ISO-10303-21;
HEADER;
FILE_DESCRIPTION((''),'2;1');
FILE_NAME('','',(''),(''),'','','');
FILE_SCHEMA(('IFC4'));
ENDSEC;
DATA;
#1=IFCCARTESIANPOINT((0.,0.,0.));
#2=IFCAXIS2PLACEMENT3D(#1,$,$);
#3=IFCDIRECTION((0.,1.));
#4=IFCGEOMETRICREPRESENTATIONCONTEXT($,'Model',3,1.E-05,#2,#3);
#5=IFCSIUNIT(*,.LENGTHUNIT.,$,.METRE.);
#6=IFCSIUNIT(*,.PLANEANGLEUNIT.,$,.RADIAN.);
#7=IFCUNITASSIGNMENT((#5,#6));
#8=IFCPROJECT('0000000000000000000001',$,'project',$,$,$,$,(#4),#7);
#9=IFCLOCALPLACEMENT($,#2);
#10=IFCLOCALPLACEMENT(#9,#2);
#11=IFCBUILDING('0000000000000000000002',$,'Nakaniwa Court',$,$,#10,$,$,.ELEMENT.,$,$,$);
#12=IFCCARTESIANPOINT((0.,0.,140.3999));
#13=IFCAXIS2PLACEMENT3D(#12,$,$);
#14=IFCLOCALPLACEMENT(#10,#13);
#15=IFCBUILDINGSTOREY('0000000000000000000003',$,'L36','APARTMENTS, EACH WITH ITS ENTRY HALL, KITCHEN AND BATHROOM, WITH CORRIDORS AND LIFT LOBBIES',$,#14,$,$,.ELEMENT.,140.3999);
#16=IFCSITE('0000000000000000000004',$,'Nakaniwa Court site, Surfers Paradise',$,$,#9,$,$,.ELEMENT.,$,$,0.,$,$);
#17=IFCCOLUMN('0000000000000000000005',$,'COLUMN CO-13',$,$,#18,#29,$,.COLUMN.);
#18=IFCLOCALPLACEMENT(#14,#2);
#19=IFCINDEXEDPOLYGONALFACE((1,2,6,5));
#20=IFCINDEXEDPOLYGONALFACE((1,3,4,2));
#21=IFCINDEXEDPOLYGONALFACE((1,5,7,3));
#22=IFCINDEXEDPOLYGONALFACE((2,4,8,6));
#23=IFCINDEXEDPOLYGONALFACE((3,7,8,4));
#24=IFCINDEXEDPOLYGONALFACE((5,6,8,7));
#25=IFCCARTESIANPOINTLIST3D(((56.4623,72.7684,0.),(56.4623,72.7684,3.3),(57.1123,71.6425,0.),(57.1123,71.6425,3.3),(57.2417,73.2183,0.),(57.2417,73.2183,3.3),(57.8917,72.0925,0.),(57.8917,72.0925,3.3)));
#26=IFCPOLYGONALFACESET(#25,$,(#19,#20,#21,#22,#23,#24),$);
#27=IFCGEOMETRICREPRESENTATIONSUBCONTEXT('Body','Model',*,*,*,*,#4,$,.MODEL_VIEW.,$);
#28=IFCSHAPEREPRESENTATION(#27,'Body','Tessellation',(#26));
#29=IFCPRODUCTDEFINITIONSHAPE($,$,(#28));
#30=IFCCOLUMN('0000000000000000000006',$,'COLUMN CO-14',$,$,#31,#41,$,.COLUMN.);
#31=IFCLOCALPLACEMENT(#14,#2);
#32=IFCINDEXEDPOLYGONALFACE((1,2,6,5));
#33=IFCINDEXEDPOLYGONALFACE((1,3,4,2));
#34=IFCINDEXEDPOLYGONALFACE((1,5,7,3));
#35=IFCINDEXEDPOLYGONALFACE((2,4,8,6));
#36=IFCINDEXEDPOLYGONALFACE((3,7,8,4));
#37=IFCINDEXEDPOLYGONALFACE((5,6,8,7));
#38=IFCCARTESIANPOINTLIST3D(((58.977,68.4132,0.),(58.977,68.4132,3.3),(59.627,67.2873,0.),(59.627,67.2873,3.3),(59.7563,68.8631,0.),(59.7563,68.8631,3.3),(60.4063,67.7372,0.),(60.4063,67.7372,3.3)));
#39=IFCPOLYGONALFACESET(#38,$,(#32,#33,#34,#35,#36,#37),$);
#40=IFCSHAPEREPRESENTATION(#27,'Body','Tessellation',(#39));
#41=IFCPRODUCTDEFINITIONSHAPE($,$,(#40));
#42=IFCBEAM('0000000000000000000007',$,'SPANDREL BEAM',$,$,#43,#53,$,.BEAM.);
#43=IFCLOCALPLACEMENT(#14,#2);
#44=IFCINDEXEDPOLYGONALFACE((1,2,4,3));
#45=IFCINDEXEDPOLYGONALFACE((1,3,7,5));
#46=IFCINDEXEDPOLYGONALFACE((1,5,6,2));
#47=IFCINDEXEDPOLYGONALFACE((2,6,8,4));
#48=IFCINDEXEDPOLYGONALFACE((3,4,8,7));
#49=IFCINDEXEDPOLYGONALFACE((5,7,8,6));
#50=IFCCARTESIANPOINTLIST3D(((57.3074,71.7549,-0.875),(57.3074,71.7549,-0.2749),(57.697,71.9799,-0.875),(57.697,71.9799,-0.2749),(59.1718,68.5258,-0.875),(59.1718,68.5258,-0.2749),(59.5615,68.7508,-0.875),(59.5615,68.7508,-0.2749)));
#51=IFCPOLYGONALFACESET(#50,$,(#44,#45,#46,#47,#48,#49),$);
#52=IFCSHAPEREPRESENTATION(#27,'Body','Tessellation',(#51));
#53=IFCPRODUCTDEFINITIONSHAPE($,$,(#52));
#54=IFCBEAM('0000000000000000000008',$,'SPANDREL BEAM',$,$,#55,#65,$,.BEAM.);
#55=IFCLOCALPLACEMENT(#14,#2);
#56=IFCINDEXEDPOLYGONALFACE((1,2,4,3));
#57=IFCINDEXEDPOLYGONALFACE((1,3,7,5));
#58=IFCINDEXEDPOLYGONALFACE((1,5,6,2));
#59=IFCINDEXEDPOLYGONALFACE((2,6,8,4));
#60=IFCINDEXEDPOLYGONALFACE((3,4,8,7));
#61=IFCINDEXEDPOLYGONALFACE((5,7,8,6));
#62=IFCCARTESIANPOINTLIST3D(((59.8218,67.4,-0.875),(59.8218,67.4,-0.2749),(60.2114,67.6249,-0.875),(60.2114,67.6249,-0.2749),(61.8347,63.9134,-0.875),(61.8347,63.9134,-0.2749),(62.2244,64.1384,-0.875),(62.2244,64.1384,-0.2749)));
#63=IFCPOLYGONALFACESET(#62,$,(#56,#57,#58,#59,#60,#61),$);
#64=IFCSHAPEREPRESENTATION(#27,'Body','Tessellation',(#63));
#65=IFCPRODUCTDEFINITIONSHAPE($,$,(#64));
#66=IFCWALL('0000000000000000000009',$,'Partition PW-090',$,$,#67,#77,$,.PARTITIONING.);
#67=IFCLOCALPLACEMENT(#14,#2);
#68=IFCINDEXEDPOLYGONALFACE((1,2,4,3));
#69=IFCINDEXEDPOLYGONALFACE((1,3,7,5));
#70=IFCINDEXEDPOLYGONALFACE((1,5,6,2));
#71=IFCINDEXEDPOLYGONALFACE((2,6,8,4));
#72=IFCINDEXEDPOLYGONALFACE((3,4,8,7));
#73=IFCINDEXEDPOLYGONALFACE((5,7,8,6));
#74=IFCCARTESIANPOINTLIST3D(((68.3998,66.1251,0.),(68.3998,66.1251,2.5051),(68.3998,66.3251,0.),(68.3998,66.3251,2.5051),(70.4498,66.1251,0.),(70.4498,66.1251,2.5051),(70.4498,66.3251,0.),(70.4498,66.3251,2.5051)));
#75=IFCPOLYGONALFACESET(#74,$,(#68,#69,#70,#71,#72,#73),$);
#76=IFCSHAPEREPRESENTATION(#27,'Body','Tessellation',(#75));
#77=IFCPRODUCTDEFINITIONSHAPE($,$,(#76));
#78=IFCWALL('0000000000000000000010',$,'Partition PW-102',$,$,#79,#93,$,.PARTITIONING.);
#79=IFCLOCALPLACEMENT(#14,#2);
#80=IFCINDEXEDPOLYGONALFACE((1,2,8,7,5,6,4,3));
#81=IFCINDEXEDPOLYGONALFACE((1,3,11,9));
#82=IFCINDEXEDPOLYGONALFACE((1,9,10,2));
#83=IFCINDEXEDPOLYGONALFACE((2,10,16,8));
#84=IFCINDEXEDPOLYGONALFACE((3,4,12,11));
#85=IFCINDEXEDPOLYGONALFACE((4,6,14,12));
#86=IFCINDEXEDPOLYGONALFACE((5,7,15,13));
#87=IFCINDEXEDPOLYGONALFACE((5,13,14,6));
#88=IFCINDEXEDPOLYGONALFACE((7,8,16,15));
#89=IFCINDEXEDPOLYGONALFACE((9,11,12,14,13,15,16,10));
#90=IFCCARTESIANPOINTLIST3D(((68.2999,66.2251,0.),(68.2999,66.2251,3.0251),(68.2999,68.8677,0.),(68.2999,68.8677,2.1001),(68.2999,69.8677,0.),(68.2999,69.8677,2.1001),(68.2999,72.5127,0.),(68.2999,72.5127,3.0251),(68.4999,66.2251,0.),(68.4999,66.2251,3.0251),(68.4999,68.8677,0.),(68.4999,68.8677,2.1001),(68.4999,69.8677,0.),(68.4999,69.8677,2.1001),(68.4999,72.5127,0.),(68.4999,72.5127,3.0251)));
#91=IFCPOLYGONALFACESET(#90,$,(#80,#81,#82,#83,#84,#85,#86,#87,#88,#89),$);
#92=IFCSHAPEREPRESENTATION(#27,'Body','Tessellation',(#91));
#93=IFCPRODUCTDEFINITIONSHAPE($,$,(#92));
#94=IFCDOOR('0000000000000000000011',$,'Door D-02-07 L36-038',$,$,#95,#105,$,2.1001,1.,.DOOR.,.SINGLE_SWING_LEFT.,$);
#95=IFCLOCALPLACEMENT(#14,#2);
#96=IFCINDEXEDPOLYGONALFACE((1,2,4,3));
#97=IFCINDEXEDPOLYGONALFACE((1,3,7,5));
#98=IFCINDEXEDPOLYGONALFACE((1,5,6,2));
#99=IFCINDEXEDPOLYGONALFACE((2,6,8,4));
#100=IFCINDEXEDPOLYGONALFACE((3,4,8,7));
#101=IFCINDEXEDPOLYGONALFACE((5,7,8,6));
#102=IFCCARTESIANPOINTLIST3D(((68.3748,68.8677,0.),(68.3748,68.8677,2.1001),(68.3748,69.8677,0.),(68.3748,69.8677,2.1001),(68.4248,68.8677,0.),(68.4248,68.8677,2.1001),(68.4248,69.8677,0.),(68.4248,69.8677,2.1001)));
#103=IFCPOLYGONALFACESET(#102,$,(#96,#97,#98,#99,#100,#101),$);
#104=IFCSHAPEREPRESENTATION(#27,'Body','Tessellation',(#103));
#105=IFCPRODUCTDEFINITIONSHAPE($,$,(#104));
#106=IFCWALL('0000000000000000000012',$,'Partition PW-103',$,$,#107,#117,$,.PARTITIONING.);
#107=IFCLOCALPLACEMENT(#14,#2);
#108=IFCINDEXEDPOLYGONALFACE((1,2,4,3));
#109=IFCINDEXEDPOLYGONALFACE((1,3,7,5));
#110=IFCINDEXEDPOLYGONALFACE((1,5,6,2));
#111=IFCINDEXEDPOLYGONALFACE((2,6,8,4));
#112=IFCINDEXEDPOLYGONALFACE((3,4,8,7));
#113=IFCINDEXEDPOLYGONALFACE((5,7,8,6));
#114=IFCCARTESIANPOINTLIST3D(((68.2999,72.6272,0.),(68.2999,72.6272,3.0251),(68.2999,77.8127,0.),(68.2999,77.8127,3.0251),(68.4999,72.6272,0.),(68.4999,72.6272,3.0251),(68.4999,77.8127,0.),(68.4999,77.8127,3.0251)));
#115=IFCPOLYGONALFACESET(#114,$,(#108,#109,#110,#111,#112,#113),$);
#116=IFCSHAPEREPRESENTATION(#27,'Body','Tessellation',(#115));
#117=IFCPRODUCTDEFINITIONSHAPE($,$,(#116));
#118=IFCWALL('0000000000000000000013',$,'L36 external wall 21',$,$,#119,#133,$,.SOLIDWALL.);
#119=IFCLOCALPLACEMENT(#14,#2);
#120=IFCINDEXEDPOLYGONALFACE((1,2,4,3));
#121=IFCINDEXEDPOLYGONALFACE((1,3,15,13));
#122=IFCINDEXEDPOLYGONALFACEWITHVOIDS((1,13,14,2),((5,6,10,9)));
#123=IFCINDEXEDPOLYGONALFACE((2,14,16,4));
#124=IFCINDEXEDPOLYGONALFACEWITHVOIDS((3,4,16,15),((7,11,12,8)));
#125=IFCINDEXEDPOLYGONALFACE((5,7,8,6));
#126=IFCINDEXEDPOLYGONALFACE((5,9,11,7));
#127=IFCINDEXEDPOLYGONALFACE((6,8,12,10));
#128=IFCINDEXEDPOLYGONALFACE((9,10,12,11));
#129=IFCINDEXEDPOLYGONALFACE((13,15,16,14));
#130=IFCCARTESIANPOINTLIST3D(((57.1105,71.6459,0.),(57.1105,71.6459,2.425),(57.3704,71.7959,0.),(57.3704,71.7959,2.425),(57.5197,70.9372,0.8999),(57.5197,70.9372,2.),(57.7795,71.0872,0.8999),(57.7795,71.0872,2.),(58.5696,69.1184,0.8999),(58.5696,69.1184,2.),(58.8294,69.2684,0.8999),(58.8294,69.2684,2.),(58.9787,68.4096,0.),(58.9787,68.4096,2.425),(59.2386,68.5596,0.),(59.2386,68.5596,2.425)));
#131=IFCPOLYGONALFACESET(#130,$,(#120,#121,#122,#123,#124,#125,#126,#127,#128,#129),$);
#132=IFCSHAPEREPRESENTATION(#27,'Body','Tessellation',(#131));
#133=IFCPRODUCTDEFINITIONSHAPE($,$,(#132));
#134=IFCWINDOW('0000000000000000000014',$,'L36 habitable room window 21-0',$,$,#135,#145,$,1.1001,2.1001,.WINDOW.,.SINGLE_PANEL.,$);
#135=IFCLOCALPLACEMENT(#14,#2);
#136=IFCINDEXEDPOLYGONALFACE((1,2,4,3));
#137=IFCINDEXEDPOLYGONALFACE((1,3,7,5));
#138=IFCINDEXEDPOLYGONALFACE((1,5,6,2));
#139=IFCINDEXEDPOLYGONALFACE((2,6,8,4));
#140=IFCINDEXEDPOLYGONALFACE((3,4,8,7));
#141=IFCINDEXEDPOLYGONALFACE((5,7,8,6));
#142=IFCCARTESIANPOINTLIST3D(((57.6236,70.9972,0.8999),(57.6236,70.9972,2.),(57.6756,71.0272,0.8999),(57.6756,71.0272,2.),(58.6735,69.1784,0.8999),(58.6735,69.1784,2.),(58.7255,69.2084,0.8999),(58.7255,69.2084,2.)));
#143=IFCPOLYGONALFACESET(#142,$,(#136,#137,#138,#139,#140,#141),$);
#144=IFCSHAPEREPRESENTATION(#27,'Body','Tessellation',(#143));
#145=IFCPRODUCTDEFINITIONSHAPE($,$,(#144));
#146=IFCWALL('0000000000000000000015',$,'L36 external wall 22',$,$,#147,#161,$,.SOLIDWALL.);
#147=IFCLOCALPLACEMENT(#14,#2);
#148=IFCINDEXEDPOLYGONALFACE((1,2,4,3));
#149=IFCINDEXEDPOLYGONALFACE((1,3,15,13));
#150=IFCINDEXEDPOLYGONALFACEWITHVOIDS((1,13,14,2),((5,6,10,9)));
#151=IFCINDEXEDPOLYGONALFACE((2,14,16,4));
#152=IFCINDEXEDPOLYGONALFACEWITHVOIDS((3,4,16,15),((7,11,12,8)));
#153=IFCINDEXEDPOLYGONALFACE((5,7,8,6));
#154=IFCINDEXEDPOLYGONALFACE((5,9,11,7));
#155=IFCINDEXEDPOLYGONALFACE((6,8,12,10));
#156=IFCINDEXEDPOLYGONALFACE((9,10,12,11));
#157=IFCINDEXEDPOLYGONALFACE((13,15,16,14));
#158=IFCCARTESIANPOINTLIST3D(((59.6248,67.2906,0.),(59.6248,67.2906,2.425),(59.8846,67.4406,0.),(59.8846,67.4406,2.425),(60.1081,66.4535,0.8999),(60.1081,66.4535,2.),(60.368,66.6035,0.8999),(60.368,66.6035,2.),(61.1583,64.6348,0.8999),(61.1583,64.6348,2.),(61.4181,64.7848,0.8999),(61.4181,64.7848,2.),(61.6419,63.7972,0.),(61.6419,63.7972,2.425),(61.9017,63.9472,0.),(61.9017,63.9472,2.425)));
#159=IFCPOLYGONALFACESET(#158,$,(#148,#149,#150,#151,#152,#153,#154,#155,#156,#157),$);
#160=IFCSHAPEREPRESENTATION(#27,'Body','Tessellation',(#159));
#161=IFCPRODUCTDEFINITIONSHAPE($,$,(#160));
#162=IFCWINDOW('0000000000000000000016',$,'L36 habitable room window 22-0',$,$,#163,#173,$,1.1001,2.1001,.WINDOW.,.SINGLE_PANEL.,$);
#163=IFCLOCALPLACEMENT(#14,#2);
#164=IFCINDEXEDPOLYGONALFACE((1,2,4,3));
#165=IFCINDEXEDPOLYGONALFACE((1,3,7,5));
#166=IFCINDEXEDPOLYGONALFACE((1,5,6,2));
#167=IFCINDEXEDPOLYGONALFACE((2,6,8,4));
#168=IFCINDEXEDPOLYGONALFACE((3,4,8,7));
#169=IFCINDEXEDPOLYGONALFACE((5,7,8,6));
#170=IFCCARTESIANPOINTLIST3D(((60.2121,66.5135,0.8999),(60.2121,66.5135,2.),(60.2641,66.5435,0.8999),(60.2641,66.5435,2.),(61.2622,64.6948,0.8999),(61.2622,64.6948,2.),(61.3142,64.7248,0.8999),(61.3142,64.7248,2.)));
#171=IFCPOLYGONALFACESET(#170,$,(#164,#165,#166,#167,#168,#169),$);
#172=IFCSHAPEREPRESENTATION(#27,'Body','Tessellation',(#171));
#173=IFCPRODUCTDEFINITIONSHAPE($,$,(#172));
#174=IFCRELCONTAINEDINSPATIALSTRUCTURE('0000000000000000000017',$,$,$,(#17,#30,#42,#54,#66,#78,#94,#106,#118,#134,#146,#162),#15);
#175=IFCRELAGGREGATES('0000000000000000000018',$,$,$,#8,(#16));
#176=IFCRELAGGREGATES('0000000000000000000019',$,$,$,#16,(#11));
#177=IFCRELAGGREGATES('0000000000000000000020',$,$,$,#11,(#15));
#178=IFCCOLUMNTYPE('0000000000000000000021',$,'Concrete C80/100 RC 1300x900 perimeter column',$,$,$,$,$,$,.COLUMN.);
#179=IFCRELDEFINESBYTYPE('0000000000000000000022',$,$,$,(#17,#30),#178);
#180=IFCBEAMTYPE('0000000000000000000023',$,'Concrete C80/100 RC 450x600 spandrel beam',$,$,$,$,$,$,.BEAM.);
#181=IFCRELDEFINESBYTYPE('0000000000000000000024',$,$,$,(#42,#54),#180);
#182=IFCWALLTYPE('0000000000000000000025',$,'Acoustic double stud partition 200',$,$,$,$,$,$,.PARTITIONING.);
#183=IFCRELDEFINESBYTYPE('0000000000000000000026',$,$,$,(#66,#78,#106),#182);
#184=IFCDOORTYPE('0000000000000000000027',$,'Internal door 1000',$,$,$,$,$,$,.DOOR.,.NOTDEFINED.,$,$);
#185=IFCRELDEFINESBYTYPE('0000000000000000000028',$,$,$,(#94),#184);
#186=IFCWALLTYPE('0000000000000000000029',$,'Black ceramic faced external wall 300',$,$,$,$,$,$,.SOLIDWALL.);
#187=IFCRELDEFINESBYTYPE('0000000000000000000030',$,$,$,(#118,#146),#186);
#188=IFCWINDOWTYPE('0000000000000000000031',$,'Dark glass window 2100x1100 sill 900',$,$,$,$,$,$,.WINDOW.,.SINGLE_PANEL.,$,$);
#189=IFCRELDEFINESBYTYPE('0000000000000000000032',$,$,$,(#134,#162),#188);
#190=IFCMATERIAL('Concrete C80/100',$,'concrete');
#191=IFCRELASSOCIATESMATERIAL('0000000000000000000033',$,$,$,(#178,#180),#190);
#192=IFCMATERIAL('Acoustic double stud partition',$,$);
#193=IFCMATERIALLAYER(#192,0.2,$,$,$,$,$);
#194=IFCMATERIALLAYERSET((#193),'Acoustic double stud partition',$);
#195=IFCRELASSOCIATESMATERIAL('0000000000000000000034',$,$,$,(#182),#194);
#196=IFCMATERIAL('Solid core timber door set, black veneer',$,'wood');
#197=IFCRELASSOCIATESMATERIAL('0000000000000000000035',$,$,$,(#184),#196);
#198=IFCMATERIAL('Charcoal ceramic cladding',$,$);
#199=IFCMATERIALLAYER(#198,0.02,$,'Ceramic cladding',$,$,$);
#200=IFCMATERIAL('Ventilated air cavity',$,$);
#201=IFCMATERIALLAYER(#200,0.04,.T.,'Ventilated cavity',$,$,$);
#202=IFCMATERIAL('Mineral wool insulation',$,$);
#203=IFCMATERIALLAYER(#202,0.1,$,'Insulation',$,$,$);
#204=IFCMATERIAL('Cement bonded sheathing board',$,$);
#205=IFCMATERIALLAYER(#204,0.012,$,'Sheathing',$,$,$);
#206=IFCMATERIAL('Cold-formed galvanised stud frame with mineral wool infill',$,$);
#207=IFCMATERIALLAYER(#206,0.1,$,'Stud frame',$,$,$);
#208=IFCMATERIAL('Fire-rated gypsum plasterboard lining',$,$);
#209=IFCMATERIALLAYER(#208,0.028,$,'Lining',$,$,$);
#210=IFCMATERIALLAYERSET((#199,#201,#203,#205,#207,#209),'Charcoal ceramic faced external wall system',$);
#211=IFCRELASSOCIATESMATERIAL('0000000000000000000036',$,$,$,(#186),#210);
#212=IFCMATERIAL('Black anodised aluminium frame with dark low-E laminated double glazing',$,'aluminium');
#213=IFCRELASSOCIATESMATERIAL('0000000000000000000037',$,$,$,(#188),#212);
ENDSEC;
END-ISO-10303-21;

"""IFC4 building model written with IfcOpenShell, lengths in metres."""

from ifc_helpers import new_model, si_unit, direction, frame, frame_2d, origin, origin_2d, place, context, subcontext, project, spatial, rectangle, extrude, material, layer, layer_set, material_profile, profile_set, type_object, element, fill, save


model = new_model("IFC4")

# Units and contexts
model_context = context("Model", 3, precision=1e-05, world=origin(), true_north=direction((0.0, 1.0)))
body_context = subcontext(model_context, "Body", "Model", "MODEL_VIEW")
ifc_project = project(units=[si_unit("LENGTHUNIT", "METRE"), si_unit("PLANEANGLEUNIT", "RADIAN")], contexts=[model_context])

# Site, building, storey
site_placement = place(None, origin())
site = spatial("IfcSite", under=ifc_project, at=site_placement, Name="Nakaniwa Court site, Surfers Paradise", CompositionType="ELEMENT", RefElevation=0.0)
building_placement = place(site_placement, origin())
building = spatial("IfcBuilding", under=site, at=building_placement, Name="Nakaniwa Court", CompositionType="ELEMENT")
storey_placement = place(building_placement, frame((0.0, 0.0, 140.3999)))
storey = spatial("IfcBuildingStorey", under=building, at=storey_placement, Name="L36", Description="APARTMENTS, EACH WITH ITS ENTRY HALL, KITCHEN AND BATHROOM, WITH CORRIDORS AND LIFT LOBBIES", CompositionType="ELEMENT", Elevation=140.3999)

# Columns
ifc_material_1 = material(Name="Concrete C80/100", Category="concrete")
ifc_material_profile_1 = material_profile(ifc_material_1, rectangle(XDim=1.3, YDim=0.8999, at=origin_2d()), Name="Concrete C80/100 RC 1300x900 perimeter column")
ifc_profile_set_1 = profile_set([ifc_material_profile_1], Name="Concrete C80/100")
column_type = type_object("IfcColumnType", Name="Concrete C80/100 RC 1300x900 perimeter column", PredefinedType="COLUMN", material=ifc_profile_set_1)
for number, where, z_axis, x_axis, name in (
    (1, (57.177, 72.4304, 0.0), (0.0, 0.0, 1.0), (0.5, -0.866025, 0.0), "COLUMN CO-13"),
    (2, (59.6917, 68.0752, 0.0), (0.0, 0.0, 1.0), (0.5, -0.866025, 0.0), "COLUMN CO-14"),
):
    element("IfcColumn", number, at=place(storey_placement, frame(where, z_axis=z_axis, x_axis=x_axis)), inside=storey, type_object=column_type, Name=name, PredefinedType="COLUMN", context=body_context, shape_type="SweptSolid", body=[
        extrude(rectangle(XDim=1.3, YDim=0.8999, at=origin_2d()), origin(), (0.0, 0.0, 1.0), 3.3),
    ])

# Beams
ifc_material_profile_2 = material_profile(ifc_material_1, rectangle(XDim=0.45, YDim=0.6001, at=origin_2d()), Name="Concrete C80/100 RC 450x600 spandrel beam")
ifc_profile_set_2 = profile_set([ifc_material_profile_2], Name="Concrete C80/100")
beam_type = type_object("IfcBeamType", Name="Concrete C80/100 RC 450x600 spandrel beam", PredefinedType="BEAM", material=ifc_profile_set_2)
beam_1_placement = place(storey_placement, frame((57.5022, 71.8674, -0.575), z_axis=(0.500019, -0.866014, 0.0), x_axis=(0.866014, 0.500019, 0.0)))
element("IfcBeam", 3, at=beam_1_placement, inside=storey, type_object=beam_type, Name="SPANDREL BEAM", PredefinedType="BEAM", context=body_context, shape_type="SweptSolid", body=[
    extrude(rectangle(XDim=0.45, YDim=0.6001, at=origin_2d()), origin(), (0.0, 0.0, 1.0), 3.7288),
])
beam_2_placement = place(storey_placement, frame((60.0166, 67.5125, -0.575), z_axis=(0.499994, -0.866029, 0.0), x_axis=(0.866029, 0.499994, 0.0)))
element("IfcBeam", 4, at=beam_2_placement, inside=storey, type_object=beam_type, Name="SPANDREL BEAM", PredefinedType="BEAM", context=body_context, shape_type="SweptSolid", body=[
    extrude(rectangle(XDim=0.45, YDim=0.6001, at=origin_2d()), origin(), (0.0, 0.0, 1.0), 4.0259),
])

# Wall
ifc_material_2 = material(Name="Acoustic double stud partition")
ifc_layer_1 = layer(ifc_material_2, 0.2)
ifc_layer_set_1 = layer_set([ifc_layer_1], Name="Acoustic double stud partition")
wall_type_1 = type_object("IfcWallType", Name="Acoustic double stud partition 200", PredefinedType="PARTITIONING", material=ifc_layer_set_1)
wall_1_placement = place(storey_placement, frame((68.3999, 66.2251, 0.0), z_axis=(0.0, 0.0, 1.0), x_axis=(1.0, 0.0, 0.0)))
element("IfcWall", 5, at=wall_1_placement, inside=storey, type_object=wall_type_1, Name="Partition PW-090", PredefinedType="PARTITIONING", context=body_context, shape_type="SweptSolid", body=[
    extrude(rectangle(XDim=2.05, YDim=0.2, at=frame_2d((1.0249, 0.0))), origin(), (0.0, 0.0, 1.0), 2.5051),
])

# Wall, opening, door
wall_2_placement = place(storey_placement, frame((68.3999, 72.5127, 0.0), z_axis=(0.0, 0.0, 1.0), x_axis=(0.0, -1.0, 0.0)))
wall_2 = element("IfcWall", 6, at=wall_2_placement, inside=storey, type_object=wall_type_1, Name="Partition PW-102", PredefinedType="PARTITIONING", context=body_context, shape_type="SweptSolid", body=[
    extrude(rectangle(XDim=6.2876, YDim=0.2, at=frame_2d((3.1438, 0.0))), origin(), (0.0, 0.0, 1.0), 3.0251),
])
opening_1_placement = place(wall_2_placement, frame((2.645, 0.0, 0.0)))
opening_1 = element("IfcOpeningElement", 7, at=opening_1_placement, cuts=wall_2, PredefinedType="OPENING", context=body_context, shape_type="SweptSolid", body=[
    extrude(rectangle(XDim=1.0, YDim=2.1001, at=frame_2d((0.5, 1.05))), frame((0.0, 0.1099, 0.0), z_axis=(0.0, -1.0, 0.0), x_axis=(1.0, 0.0, 0.0)), (0.0, 0.0, 1.0), 0.22),
])
ifc_material_3 = material(Name="Solid core timber door set, black veneer", Category="wood")
door_type_1 = type_object("IfcDoorType", Name="Internal door 1000", OperationType="NOTDEFINED", PredefinedType="DOOR", material=ifc_material_3)
door_1_placement = place(opening_1_placement, origin())
door_1 = element("IfcDoor", 8, at=door_1_placement, inside=storey, type_object=door_type_1, Name="Door D-02-07 L36-038", OperationType="SINGLE_SWING_LEFT", OverallHeight=2.1001, OverallWidth=1.0, PredefinedType="DOOR", context=body_context, shape_type="SweptSolid", body=[
    extrude(rectangle(XDim=1.0, YDim=2.1001, at=frame_2d((0.5, 1.05))), frame((0.0, 0.0249, 0.0), z_axis=(0.0, -1.0, 0.0), x_axis=(1.0, 0.0, 0.0)), (0.0, 0.0, 1.0), 0.05),
])
fill(opening_1, door_1)

# Wall
wall_3_placement = place(storey_placement, frame((68.3999, 72.6272, 0.0), z_axis=(0.0, 0.0, 1.0), x_axis=(0.0, 1.0, 0.0)))
element("IfcWall", 9, at=wall_3_placement, inside=storey, type_object=wall_type_1, Name="Partition PW-103", PredefinedType="PARTITIONING", context=body_context, shape_type="SweptSolid", body=[
    extrude(rectangle(XDim=5.1855, YDim=0.2, at=frame_2d((2.5928, 0.0))), origin(), (0.0, 0.0, 1.0), 3.0251),
])

# Walls, openings, windows
ifc_material_4 = material(Name="Charcoal ceramic cladding")
ifc_layer_2 = layer(ifc_material_4, 0.02, Name="Ceramic cladding")
ifc_material_5 = material(Name="Ventilated air cavity")
ifc_layer_3 = layer(ifc_material_5, 0.04, ventilated=True, Name="Ventilated cavity")
ifc_material_6 = material(Name="Mineral wool insulation")
ifc_layer_4 = layer(ifc_material_6, 0.1, Name="Insulation")
ifc_material_7 = material(Name="Cement bonded sheathing board")
ifc_layer_5 = layer(ifc_material_7, 0.012, Name="Sheathing")
ifc_material_8 = material(Name="Cold-formed galvanised stud frame with mineral wool infill")
ifc_layer_6 = layer(ifc_material_8, 0.1, Name="Stud frame")
ifc_material_9 = material(Name="Fire-rated gypsum plasterboard lining")
ifc_layer_7 = layer(ifc_material_9, 0.028, Name="Lining")
ifc_layer_set_2 = layer_set([ifc_layer_2, ifc_layer_3, ifc_layer_4, ifc_layer_5, ifc_layer_6, ifc_layer_7], Name="Charcoal ceramic faced external wall system")
wall_type_2 = type_object("IfcWallType", Name="Black ceramic faced external wall 300", PredefinedType="SOLIDWALL", material=ifc_layer_set_2)
wall_4_placement = place(storey_placement, frame((57.2405, 71.7209, 0.0), z_axis=(0.0, 0.0, 1.0), x_axis=(0.499934, -0.866064, 0.0)))
wall_4 = element("IfcWall", 10, at=wall_4_placement, inside=storey, type_object=wall_type_2, Name="L36 external wall 21", PredefinedType="SOLIDWALL", context=body_context, shape_type="SweptSolid", body=[
    extrude(rectangle(XDim=3.7368, YDim=0.3, at=frame_2d((1.8684, 0.0))), origin(), (0.0, 0.0, 1.0), 2.425),
])
opening_2_placement = place(wall_4_placement, frame((0.8184, 0.0, 0.8999)))
opening_2 = element("IfcOpeningElement", 11, at=opening_2_placement, cuts=wall_4, PredefinedType="OPENING", context=body_context, shape_type="SweptSolid", body=[
    extrude(rectangle(XDim=2.1001, YDim=1.1001, at=frame_2d((1.05, 0.55))), frame((0.0, 0.1599, 0.0), z_axis=(0.0, -1.0, 0.0), x_axis=(1.0, 0.0, 0.0)), (0.0, 0.0, 1.0), 0.3201),
])
ifc_material_10 = material(Name="Black anodised aluminium frame with dark low-E laminated double glazing", Category="aluminium")
window_type = type_object("IfcWindowType", Name="Dark glass window 2100x1100 sill 900", PartitioningType="SINGLE_PANEL", PredefinedType="WINDOW", material=ifc_material_10)
window_1_placement = place(opening_2_placement, origin())
window_1 = element("IfcWindow", 12, at=window_1_placement, inside=storey, type_object=window_type, Name="L36 habitable room window 21-0", OverallHeight=1.1001, OverallWidth=2.1001, PartitioningType="SINGLE_PANEL", PredefinedType="WINDOW", context=body_context, shape_type="SweptSolid", body=[
    extrude(rectangle(XDim=2.1001, YDim=1.1001, at=frame_2d((1.05, 0.55))), frame((0.0, 0.03, 0.0), z_axis=(0.0, -1.0, 0.0), x_axis=(1.0, 0.0, 0.0)), (0.0, 0.0, 1.0), 0.0601),
])
fill(opening_2, window_1)
wall_5_placement = place(storey_placement, frame((59.7546, 67.3657, 0.0), z_axis=(0.0, 0.0, 1.0), x_axis=(0.500032, -0.866007, 0.0)))
wall_5 = element("IfcWall", 13, at=wall_5_placement, inside=storey, type_object=wall_type_2, Name="L36 external wall 22", PredefinedType="SOLIDWALL", context=body_context, shape_type="SweptSolid", body=[
    extrude(rectangle(XDim=4.0339, YDim=0.3, at=frame_2d((2.0171, 0.0))), origin(), (0.0, 0.0, 1.0), 2.425),
])
opening_3_placement = place(wall_5_placement, frame((0.9668, 0.0, 0.8999)))
opening_3 = element("IfcOpeningElement", 14, at=opening_3_placement, cuts=wall_5, PredefinedType="OPENING", context=body_context, shape_type="SweptSolid", body=[
    extrude(rectangle(XDim=2.1001, YDim=1.1001, at=frame_2d((1.05, 0.55))), frame((0.0, 0.1599, 0.0), z_axis=(0.0, -1.0, 0.0), x_axis=(1.0, 0.0, 0.0)), (0.0, 0.0, 1.0), 0.3201),
])
window_2_placement = place(opening_3_placement, origin())
window_2 = element("IfcWindow", 15, at=window_2_placement, inside=storey, type_object=window_type, Name="L36 habitable room window 22-0", OverallHeight=1.1001, OverallWidth=2.1001, PartitioningType="SINGLE_PANEL", PredefinedType="WINDOW", context=body_context, shape_type="SweptSolid", body=[
    extrude(rectangle(XDim=2.1001, YDim=1.1001, at=frame_2d((1.05, 0.55))), frame((0.0, 0.03, 0.0), z_axis=(0.0, -1.0, 0.0), x_axis=(1.0, 0.0, 0.0)), (0.0, 0.0, 1.0), 0.0601),
])
fill(opening_3, window_2)

save(model, "model.ifc")
